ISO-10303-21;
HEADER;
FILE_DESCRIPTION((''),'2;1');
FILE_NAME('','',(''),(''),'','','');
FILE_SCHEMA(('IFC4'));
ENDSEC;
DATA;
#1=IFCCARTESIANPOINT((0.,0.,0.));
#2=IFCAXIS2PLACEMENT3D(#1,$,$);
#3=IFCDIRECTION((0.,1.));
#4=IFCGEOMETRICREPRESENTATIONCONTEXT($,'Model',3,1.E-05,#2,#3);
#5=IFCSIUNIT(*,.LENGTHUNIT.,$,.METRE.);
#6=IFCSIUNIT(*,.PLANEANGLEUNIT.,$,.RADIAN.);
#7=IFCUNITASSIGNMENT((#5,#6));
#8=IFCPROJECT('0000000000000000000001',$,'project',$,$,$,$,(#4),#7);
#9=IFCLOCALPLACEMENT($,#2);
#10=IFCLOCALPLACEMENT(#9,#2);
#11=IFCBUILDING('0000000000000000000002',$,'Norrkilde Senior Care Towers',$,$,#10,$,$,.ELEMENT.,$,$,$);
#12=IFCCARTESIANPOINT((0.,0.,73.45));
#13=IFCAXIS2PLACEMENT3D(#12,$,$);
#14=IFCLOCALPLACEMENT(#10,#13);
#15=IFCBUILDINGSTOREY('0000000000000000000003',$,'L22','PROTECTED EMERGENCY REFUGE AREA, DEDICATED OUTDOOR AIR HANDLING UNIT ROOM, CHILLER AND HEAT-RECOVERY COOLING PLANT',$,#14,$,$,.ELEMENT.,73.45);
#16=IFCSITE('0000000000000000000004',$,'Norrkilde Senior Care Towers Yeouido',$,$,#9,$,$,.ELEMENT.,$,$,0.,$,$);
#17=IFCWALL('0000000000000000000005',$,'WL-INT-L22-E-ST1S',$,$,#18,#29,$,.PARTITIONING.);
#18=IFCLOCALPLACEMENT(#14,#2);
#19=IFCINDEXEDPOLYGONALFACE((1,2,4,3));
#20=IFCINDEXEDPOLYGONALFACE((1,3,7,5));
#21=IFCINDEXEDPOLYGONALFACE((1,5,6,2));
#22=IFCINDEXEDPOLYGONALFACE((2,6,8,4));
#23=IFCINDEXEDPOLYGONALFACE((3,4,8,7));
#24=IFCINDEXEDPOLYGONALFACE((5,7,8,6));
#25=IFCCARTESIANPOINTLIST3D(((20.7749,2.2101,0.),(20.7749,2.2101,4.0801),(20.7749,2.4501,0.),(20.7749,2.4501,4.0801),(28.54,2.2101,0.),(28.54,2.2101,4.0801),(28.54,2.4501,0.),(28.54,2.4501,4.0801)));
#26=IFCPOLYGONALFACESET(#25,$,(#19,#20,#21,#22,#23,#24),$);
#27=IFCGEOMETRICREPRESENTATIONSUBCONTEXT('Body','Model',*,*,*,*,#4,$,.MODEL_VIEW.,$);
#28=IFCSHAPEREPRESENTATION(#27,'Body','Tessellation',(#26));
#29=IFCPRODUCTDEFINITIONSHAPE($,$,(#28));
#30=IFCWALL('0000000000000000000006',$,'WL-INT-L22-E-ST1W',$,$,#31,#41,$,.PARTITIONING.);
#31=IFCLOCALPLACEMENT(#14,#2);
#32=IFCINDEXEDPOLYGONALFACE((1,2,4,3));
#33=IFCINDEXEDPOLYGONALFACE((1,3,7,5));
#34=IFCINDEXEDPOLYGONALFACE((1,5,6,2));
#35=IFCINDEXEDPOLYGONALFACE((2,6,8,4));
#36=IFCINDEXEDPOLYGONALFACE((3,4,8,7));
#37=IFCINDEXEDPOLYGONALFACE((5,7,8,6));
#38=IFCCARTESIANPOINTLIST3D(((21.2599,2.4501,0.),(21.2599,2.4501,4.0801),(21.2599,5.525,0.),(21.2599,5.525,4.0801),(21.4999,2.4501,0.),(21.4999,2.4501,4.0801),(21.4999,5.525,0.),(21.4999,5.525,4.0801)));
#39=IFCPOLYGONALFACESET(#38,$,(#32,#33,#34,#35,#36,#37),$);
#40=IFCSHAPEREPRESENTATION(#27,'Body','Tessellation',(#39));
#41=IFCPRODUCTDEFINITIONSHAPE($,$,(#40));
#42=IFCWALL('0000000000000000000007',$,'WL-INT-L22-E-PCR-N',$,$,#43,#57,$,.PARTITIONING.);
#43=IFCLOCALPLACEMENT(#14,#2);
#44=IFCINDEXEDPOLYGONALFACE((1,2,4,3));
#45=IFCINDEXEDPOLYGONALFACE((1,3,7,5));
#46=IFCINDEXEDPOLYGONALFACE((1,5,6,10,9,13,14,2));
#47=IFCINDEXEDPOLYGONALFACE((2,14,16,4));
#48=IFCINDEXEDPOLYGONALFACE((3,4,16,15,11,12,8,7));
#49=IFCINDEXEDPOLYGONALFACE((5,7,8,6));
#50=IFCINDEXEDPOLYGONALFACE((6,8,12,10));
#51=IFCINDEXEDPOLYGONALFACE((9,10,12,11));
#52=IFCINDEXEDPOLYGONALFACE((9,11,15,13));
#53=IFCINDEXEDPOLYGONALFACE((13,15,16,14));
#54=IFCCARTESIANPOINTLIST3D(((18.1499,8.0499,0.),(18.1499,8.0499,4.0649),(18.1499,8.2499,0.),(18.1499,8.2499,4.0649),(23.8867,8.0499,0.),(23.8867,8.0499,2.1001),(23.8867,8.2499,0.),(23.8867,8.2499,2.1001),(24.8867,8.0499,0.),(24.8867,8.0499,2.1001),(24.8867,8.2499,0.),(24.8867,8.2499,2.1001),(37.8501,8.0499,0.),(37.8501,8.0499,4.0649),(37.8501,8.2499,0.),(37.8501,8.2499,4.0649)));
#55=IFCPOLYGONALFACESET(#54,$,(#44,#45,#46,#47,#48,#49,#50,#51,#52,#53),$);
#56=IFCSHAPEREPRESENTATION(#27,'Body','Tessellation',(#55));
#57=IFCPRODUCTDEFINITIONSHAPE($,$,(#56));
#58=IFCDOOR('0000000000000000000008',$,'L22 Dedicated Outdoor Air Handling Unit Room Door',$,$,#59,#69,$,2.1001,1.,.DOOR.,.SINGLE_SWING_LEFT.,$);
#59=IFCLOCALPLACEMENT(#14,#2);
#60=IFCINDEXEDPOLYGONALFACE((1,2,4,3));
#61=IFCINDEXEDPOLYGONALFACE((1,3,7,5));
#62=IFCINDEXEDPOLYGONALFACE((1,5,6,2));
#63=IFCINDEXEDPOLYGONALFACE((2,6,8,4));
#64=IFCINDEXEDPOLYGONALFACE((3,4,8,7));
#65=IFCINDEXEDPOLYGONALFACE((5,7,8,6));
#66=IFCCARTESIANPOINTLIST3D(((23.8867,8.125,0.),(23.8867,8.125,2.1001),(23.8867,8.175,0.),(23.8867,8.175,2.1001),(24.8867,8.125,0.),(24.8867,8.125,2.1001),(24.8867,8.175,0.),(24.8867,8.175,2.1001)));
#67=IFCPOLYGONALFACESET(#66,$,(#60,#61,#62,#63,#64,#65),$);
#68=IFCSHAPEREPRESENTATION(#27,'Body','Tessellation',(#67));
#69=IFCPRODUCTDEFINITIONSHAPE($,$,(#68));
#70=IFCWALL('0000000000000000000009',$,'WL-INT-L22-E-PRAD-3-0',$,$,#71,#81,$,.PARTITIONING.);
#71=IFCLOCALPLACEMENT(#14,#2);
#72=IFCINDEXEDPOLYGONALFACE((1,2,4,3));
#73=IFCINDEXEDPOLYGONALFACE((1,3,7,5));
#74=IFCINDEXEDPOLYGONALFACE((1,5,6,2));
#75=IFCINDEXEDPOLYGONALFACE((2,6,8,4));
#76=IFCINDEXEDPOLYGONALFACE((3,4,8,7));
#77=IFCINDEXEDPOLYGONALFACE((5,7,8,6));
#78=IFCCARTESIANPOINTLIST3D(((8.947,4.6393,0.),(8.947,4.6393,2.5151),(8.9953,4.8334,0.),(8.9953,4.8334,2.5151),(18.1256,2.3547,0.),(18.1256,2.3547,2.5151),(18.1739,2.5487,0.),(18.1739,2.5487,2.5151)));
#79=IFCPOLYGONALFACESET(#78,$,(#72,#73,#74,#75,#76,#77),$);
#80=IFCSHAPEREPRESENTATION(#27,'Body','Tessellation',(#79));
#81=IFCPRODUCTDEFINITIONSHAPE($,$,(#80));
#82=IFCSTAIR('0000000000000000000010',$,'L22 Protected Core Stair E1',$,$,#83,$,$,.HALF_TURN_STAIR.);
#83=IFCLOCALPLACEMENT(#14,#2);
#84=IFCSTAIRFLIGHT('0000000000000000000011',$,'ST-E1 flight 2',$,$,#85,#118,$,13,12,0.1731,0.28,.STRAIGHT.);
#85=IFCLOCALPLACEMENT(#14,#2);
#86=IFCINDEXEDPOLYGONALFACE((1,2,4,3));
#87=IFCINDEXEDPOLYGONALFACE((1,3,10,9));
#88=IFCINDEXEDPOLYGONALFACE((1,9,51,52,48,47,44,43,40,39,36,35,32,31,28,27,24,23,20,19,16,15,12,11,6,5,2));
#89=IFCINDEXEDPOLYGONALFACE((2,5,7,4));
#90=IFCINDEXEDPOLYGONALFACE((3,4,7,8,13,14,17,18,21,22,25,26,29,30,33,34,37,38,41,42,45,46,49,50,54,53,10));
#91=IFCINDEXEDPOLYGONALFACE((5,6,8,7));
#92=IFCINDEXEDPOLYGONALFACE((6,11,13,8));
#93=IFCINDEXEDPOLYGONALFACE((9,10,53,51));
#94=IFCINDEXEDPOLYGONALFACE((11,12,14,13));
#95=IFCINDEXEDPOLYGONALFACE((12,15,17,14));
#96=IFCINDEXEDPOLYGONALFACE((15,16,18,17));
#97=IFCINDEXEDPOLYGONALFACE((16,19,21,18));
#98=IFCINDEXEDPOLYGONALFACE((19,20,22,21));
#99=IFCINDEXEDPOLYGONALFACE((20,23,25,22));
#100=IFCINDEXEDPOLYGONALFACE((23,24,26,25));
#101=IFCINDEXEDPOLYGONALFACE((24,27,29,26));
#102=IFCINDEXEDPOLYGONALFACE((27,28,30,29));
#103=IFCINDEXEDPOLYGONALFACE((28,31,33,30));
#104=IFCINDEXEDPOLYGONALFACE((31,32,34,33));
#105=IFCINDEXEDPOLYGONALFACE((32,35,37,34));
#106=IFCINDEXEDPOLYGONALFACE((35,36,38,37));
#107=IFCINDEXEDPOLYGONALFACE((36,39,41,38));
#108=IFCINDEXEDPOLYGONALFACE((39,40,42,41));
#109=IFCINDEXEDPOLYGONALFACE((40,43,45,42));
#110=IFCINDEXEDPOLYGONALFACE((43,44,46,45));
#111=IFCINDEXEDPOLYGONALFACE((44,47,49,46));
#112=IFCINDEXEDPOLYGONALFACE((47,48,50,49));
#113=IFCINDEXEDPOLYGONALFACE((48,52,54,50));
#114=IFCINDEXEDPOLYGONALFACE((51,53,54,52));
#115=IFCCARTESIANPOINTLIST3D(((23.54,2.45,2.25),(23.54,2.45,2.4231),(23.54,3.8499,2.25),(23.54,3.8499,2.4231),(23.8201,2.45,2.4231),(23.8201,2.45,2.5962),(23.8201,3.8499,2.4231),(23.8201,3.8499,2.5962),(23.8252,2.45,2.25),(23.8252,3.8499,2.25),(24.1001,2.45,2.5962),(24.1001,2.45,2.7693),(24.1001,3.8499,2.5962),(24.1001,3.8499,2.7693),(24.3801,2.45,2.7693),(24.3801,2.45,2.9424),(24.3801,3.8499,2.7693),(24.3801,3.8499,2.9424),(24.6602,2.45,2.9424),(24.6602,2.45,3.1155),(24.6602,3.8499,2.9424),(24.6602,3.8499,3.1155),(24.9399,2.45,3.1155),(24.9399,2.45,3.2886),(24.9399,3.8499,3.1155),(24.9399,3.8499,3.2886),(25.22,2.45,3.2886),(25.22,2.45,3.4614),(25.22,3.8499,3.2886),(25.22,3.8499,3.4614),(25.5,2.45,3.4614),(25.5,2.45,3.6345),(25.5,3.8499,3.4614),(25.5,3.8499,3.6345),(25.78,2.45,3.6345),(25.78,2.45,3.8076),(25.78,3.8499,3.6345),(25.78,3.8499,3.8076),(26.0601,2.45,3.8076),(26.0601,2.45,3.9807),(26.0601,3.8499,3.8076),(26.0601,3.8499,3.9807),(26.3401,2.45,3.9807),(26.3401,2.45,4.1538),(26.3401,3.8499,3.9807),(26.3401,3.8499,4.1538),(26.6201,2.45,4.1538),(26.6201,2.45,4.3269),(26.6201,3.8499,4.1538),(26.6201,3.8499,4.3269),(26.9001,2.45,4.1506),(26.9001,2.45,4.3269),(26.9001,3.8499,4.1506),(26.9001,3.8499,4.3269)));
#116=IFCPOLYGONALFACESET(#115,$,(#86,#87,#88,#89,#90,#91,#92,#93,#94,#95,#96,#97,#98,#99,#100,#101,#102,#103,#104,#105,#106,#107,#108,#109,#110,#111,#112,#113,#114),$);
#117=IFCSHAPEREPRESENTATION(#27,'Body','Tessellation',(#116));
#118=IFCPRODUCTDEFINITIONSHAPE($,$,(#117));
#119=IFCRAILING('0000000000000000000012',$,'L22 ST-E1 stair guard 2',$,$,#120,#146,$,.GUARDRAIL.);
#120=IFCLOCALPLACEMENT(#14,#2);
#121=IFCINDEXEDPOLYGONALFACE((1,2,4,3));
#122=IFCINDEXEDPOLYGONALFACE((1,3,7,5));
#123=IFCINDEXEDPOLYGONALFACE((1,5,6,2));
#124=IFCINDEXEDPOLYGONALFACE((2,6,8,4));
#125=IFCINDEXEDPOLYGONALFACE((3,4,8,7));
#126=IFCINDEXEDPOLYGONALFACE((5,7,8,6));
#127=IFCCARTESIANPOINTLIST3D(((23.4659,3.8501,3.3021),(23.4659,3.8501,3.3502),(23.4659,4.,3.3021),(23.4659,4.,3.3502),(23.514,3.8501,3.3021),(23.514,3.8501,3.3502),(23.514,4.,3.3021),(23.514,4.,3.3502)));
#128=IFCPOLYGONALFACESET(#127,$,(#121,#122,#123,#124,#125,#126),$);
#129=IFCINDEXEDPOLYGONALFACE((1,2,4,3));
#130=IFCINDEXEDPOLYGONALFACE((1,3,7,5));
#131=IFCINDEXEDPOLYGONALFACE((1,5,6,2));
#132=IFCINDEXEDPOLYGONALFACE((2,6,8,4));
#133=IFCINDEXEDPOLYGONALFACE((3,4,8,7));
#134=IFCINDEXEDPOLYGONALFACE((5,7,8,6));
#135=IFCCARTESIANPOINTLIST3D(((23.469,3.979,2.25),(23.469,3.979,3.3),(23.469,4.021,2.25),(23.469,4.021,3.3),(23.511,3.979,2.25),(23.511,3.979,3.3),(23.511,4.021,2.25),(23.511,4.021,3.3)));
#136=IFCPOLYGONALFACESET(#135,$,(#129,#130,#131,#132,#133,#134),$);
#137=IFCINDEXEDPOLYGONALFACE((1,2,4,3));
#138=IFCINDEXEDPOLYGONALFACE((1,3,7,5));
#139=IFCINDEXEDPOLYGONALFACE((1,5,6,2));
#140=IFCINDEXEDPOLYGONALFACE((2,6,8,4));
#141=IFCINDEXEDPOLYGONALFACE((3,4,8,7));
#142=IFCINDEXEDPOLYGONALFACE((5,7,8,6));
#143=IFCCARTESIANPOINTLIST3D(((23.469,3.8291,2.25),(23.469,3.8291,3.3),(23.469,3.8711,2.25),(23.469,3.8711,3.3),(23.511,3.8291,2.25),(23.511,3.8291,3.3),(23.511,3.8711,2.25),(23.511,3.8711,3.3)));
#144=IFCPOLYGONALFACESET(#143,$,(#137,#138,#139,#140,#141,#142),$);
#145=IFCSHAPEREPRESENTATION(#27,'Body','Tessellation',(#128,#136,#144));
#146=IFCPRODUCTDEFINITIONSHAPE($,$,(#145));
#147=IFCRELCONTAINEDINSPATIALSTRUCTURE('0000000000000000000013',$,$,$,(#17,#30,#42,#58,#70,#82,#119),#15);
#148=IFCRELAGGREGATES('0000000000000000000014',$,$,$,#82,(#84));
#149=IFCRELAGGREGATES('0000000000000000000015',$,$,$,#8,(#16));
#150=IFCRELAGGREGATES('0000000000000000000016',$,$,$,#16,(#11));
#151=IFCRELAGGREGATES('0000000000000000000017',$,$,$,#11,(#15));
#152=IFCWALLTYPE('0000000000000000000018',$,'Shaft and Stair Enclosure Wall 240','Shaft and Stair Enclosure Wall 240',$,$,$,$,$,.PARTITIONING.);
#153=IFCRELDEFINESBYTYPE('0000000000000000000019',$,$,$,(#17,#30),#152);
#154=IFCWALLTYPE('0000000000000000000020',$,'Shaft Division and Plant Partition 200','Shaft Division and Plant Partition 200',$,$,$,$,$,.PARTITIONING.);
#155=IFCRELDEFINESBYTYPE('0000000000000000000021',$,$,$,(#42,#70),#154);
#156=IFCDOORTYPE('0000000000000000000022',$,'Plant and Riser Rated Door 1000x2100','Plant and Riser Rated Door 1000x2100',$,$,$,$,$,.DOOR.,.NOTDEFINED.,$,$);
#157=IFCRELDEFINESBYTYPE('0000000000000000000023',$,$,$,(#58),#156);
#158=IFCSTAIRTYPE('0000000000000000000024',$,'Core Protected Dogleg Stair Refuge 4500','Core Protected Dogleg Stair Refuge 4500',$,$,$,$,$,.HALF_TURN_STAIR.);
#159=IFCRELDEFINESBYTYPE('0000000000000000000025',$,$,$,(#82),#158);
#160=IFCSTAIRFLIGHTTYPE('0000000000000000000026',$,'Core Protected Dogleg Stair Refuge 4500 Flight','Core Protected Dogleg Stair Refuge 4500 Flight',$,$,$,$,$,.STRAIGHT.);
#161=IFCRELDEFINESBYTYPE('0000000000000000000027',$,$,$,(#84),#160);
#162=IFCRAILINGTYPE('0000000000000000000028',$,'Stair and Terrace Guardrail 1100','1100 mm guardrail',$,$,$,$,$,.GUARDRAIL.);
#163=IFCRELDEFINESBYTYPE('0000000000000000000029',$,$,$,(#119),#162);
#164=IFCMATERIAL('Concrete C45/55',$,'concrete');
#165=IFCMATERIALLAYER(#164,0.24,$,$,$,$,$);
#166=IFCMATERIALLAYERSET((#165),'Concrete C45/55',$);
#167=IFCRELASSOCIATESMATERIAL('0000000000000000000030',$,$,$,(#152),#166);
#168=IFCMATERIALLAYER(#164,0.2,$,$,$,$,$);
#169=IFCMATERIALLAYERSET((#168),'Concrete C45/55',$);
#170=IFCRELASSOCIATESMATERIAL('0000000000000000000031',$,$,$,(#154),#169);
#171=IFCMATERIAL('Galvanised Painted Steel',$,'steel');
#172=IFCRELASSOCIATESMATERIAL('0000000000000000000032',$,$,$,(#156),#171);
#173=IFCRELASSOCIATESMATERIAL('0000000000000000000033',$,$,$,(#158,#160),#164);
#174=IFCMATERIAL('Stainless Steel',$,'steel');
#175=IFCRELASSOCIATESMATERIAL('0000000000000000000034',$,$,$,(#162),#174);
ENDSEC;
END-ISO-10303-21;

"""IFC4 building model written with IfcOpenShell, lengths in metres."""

from ifc_helpers import new_model, si_unit, direction, frame, frame_2d, origin, origin_2d, place, context, subcontext, project, spatial, polyline, rectangle, outline, extrude, source, transform, mapped, material, layer, layer_set, type_object, type_shapes, element, fill, aggregate, save


model = new_model("IFC4")

# Units and contexts
model_context = context("Model", 3, precision=1e-05, world=origin(), true_north=direction((0.0, 1.0)))
body_context = subcontext(model_context, "Body", "Model", "MODEL_VIEW")
ifc_project = project(units=[si_unit("LENGTHUNIT", "METRE"), si_unit("PLANEANGLEUNIT", "RADIAN")], contexts=[model_context])

# Site, building, storey
site_placement = place(None, origin())
site = spatial("IfcSite", under=ifc_project, at=site_placement, Name="Norrkilde Senior Care Towers Yeouido", CompositionType="ELEMENT", RefElevation=0.0)
building_placement = place(site_placement, origin())
building = spatial("IfcBuilding", under=site, at=building_placement, Name="Norrkilde Senior Care Towers", CompositionType="ELEMENT")
storey_placement = place(building_placement, frame((0.0, 0.0, 73.45)))
storey = spatial("IfcBuildingStorey", under=building, at=storey_placement, Name="L22", Description="PROTECTED EMERGENCY REFUGE AREA, DEDICATED OUTDOOR AIR HANDLING UNIT ROOM, CHILLER AND HEAT-RECOVERY COOLING PLANT", CompositionType="ELEMENT", Elevation=73.45)

# Walls
ifc_material_1 = material(Name="Concrete C45/55", Category="concrete")
ifc_layer_1 = layer(ifc_material_1, 0.24)
ifc_layer_set_1 = layer_set([ifc_layer_1], Name="Concrete C45/55")
wall_type_1 = type_object("IfcWallType", Name="Shaft and Stair Enclosure Wall 240", Description="Shaft and Stair Enclosure Wall 240", PredefinedType="PARTITIONING", material=ifc_layer_set_1)
shared_shape_1 = source(origin(), body_context, "Body", "SweptSolid", [
    extrude(rectangle(XDim=7.7651, YDim=0.24, at=frame_2d((3.8826, 0.0))), origin(), (0.0, 0.0, 1.0), 4.0801),
])
wall_1_placement = place(storey_placement, frame((20.7749, 2.3301, 0.0), z_axis=(0.0, 0.0, 1.0), x_axis=(1.0, 0.0, 0.0)))
element("IfcWall", 1, at=wall_1_placement, inside=storey, type_object=wall_type_1, Name="WL-INT-L22-E-ST1S", PredefinedType="PARTITIONING", context=body_context, shape_type="MappedRepresentation", body=[
    mapped(shared_shape_1, transform((0.0, 0.0, 0.0), x_axis=(1.0, 0.0, 0.0), y_axis=(0.0, 1.0, 0.0), z_axis=(0.0, 0.0, 1.0), scale=1.0)),
])
shared_shape_2 = source(origin(), body_context, "Body", "SweptSolid", [
    extrude(rectangle(XDim=3.075, YDim=0.24, at=frame_2d((1.5376, 0.0))), origin(), (0.0, 0.0, 1.0), 4.0801),
])
type_shapes(wall_type_1, [shared_shape_1, shared_shape_2])
wall_2_placement = place(storey_placement, frame((21.3799, 2.45, 0.0), z_axis=(0.0, 0.0, 1.0), x_axis=(0.0, 1.0, 0.0)))
element("IfcWall", 2, at=wall_2_placement, inside=storey, type_object=wall_type_1, Name="WL-INT-L22-E-ST1W", PredefinedType="PARTITIONING", context=body_context, shape_type="MappedRepresentation", body=[
    mapped(shared_shape_2, transform((0.0, 0.0, 0.0), x_axis=(1.0, 0.0, 0.0), y_axis=(0.0, 1.0, 0.0), z_axis=(0.0, 0.0, 1.0), scale=1.0)),
])

# Wall, opening, door
ifc_layer_2 = layer(ifc_material_1, 0.2)
ifc_layer_set_2 = layer_set([ifc_layer_2], Name="Concrete C45/55")
wall_type_2 = type_object("IfcWallType", Name="Shaft Division and Plant Partition 200", Description="Shaft Division and Plant Partition 200", PredefinedType="PARTITIONING", material=ifc_layer_set_2)
shared_shape_3 = source(origin(), body_context, "Body", "SweptSolid", [
    extrude(rectangle(XDim=19.7002, YDim=0.2, at=frame_2d((9.8501, 0.0))), origin(), (0.0, 0.0, 1.0), 4.0649),
])
wall_3_placement = place(storey_placement, frame((18.1499, 8.1499, 0.0), z_axis=(0.0, 0.0, 1.0), x_axis=(1.0, 0.0, 0.0)))
wall_3 = element("IfcWall", 3, at=wall_3_placement, inside=storey, type_object=wall_type_2, Name="WL-INT-L22-E-PCR-N", PredefinedType="PARTITIONING", context=body_context, shape_type="MappedRepresentation", body=[
    mapped(shared_shape_3, transform((0.0, 0.0, 0.0), x_axis=(1.0, 0.0, 0.0), y_axis=(0.0, 1.0, 0.0), z_axis=(0.0, 0.0, 1.0), scale=1.0)),
])
opening_placement = place(wall_3_placement, frame((5.7368, 0.0, 0.0)))
opening = element("IfcOpeningElement", 4, at=opening_placement, cuts=wall_3, PredefinedType="OPENING", context=body_context, shape_type="SweptSolid", body=[
    extrude(rectangle(XDim=1.0, YDim=2.1001, at=frame_2d((0.5, 1.05))), frame((0.0, 0.1099, 0.0), z_axis=(0.0, -1.0, 0.0), x_axis=(1.0, 0.0, 0.0)), (0.0, 0.0, 1.0), 0.22),
])
ifc_material_2 = material(Name="Galvanised Painted Steel", Category="steel")
door_type = type_object("IfcDoorType", Name="Plant and Riser Rated Door 1000x2100", Description="Plant and Riser Rated Door 1000x2100", OperationType="NOTDEFINED", PredefinedType="DOOR", material=ifc_material_2)
shared_shape_4 = source(origin(), body_context, "Body", "SweptSolid", [
    extrude(rectangle(XDim=1.0, YDim=2.1001, at=frame_2d((0.5, 1.05))), frame((0.0, 0.0249, 0.0), z_axis=(0.0, -1.0, 0.0), x_axis=(1.0, 0.0, 0.0)), (0.0, 0.0, 1.0), 0.05),
])
type_shapes(door_type, [shared_shape_4])
door_placement = place(opening_placement, frame((1.0, 0.0, 0.0), z_axis=(0.0, 0.0, 1.0), x_axis=(-1.0, 0.0, 0.0)))
door = element("IfcDoor", 5, at=door_placement, inside=storey, type_object=door_type, Name="L22 Dedicated Outdoor Air Handling Unit Room Door", OperationType="SINGLE_SWING_LEFT", OverallHeight=2.1001, OverallWidth=1.0, PredefinedType="DOOR", context=body_context, shape_type="MappedRepresentation", body=[
    mapped(shared_shape_4, transform((0.0, 0.0, 0.0), x_axis=(1.0, 0.0, 0.0), y_axis=(0.0, 1.0, 0.0), z_axis=(0.0, 0.0, 1.0), scale=1.0)),
])
fill(opening, door)

# Wall
shared_shape_5 = source(origin(), body_context, "Body", "SweptSolid", [
    extrude(rectangle(XDim=9.4587, YDim=0.2, at=frame_2d((4.7295, 0.0))), origin(), (0.0, 0.0, 1.0), 2.5151),
])
type_shapes(wall_type_2, [shared_shape_3, shared_shape_5])
wall_4_placement = place(storey_placement, frame((18.1499, 2.4517, 0.0), z_axis=(0.0, 0.0, 1.0), x_axis=(-0.970391, 0.241539, 0.0)))
element("IfcWall", 6, at=wall_4_placement, inside=storey, type_object=wall_type_2, Name="WL-INT-L22-E-PRAD-3-0", PredefinedType="PARTITIONING", context=body_context, shape_type="MappedRepresentation", body=[
    mapped(shared_shape_5, transform((0.0, 0.0, 0.0), x_axis=(1.0, 0.0, 0.0), y_axis=(0.0, 1.0, 0.0), z_axis=(0.0, 0.0, 1.0), scale=1.0)),
])

# Stair, stair flight
stair_type = type_object("IfcStairType", Name="Core Protected Dogleg Stair Refuge 4500", Description="Core Protected Dogleg Stair Refuge 4500", PredefinedType="HALF_TURN_STAIR", material=ifc_material_1)
stair_placement = place(storey_placement, origin())
stair = element("IfcStair", 7, at=stair_placement, inside=storey, type_object=stair_type, Name="L22 Protected Core Stair E1", PredefinedType="HALF_TURN_STAIR")
stair_flight_type = type_object("IfcStairFlightType", Name="Core Protected Dogleg Stair Refuge 4500 Flight", Description="Core Protected Dogleg Stair Refuge 4500 Flight", PredefinedType="STRAIGHT", material=ifc_material_1)
stair_flight_placement = place(storey_placement, frame((23.54, 3.1499, 2.25), z_axis=(0.0, 0.0, 1.0), x_axis=(1.0, 0.0, 0.0)))
stair_flight = element("IfcStairFlight", 8, at=stair_flight_placement, type_object=stair_flight_type, Name="ST-E1 flight 2", NumberOfRisers=13, NumberOfTreads=12, PredefinedType="STRAIGHT", RiserHeight=0.1731, TreadLength=0.28, context=body_context, shape_type="SweptSolid", body=[
    extrude(outline(polyline([(0.0, 0.0), (0.0, 0.1731), (0.28, 0.1731), (0.28, 0.3462), (0.5601, 0.3462), (0.5601, 0.5193), (0.8401, 0.5193), (0.8401, 0.6924), (1.1201, 0.6924), (1.1201, 0.8655), (1.3999, 0.8655), (1.3999, 1.0386), (1.6799, 1.0386), (1.6799, 1.2114), (1.96, 1.2114), (1.96, 1.3845), (2.24, 1.3845), (2.24, 1.5576), (2.52, 1.5576), (2.52, 1.7307), (2.8, 1.7307), (2.8, 1.9038), (3.0801, 1.9038), (3.0801, 2.0769), (3.3601, 2.0769), (3.3601, 2.25), (3.3601, 1.9006), (0.2852, 0.0), (0.0, 0.0)])), frame((0.0, 0.7, 0.0), z_axis=(0.0, -1.0, 0.0), x_axis=(1.0, 0.0, 0.0)), (0.0, 0.0, 1.0), 1.3999),
])
aggregate(stair, [stair_flight])

# Railing
ifc_material_3 = material(Name="Stainless Steel", Category="steel")
railing_type_1 = type_object("IfcRailingType", Name="Stair and Terrace Guardrail 1100", Description="1100 mm guardrail", PredefinedType="GUARDRAIL", material=ifc_material_3)
railing_1_placement = place(storey_placement, frame((23.49, 4.0, 2.25)))
element("IfcRailing", 9, at=railing_1_placement, inside=storey, type_object=railing_type_1, Name="L22 ST-E1 stair guard 2", PredefinedType="GUARDRAIL", context=body_context, shape_type="SweptSolid", body=[
    extrude(rectangle(XDim=0.0481, YDim=0.0481, at=origin_2d()), frame((0.0, 0.0, 1.0762), z_axis=(0.0, -1.0, 0.0), x_axis=(1.0, 0.0, 0.0)), (0.0, 0.0, 1.0), 0.1499),
    extrude(rectangle(XDim=0.042, YDim=0.042, at=origin_2d()), origin(), (0.0, 0.0, 1.0), 1.05),
    extrude(rectangle(XDim=0.042, YDim=0.042, at=origin_2d()), frame((0.0, -0.1499, 0.0)), (0.0, 0.0, 1.0), 1.05),
])

save(model, "model.ifc")
